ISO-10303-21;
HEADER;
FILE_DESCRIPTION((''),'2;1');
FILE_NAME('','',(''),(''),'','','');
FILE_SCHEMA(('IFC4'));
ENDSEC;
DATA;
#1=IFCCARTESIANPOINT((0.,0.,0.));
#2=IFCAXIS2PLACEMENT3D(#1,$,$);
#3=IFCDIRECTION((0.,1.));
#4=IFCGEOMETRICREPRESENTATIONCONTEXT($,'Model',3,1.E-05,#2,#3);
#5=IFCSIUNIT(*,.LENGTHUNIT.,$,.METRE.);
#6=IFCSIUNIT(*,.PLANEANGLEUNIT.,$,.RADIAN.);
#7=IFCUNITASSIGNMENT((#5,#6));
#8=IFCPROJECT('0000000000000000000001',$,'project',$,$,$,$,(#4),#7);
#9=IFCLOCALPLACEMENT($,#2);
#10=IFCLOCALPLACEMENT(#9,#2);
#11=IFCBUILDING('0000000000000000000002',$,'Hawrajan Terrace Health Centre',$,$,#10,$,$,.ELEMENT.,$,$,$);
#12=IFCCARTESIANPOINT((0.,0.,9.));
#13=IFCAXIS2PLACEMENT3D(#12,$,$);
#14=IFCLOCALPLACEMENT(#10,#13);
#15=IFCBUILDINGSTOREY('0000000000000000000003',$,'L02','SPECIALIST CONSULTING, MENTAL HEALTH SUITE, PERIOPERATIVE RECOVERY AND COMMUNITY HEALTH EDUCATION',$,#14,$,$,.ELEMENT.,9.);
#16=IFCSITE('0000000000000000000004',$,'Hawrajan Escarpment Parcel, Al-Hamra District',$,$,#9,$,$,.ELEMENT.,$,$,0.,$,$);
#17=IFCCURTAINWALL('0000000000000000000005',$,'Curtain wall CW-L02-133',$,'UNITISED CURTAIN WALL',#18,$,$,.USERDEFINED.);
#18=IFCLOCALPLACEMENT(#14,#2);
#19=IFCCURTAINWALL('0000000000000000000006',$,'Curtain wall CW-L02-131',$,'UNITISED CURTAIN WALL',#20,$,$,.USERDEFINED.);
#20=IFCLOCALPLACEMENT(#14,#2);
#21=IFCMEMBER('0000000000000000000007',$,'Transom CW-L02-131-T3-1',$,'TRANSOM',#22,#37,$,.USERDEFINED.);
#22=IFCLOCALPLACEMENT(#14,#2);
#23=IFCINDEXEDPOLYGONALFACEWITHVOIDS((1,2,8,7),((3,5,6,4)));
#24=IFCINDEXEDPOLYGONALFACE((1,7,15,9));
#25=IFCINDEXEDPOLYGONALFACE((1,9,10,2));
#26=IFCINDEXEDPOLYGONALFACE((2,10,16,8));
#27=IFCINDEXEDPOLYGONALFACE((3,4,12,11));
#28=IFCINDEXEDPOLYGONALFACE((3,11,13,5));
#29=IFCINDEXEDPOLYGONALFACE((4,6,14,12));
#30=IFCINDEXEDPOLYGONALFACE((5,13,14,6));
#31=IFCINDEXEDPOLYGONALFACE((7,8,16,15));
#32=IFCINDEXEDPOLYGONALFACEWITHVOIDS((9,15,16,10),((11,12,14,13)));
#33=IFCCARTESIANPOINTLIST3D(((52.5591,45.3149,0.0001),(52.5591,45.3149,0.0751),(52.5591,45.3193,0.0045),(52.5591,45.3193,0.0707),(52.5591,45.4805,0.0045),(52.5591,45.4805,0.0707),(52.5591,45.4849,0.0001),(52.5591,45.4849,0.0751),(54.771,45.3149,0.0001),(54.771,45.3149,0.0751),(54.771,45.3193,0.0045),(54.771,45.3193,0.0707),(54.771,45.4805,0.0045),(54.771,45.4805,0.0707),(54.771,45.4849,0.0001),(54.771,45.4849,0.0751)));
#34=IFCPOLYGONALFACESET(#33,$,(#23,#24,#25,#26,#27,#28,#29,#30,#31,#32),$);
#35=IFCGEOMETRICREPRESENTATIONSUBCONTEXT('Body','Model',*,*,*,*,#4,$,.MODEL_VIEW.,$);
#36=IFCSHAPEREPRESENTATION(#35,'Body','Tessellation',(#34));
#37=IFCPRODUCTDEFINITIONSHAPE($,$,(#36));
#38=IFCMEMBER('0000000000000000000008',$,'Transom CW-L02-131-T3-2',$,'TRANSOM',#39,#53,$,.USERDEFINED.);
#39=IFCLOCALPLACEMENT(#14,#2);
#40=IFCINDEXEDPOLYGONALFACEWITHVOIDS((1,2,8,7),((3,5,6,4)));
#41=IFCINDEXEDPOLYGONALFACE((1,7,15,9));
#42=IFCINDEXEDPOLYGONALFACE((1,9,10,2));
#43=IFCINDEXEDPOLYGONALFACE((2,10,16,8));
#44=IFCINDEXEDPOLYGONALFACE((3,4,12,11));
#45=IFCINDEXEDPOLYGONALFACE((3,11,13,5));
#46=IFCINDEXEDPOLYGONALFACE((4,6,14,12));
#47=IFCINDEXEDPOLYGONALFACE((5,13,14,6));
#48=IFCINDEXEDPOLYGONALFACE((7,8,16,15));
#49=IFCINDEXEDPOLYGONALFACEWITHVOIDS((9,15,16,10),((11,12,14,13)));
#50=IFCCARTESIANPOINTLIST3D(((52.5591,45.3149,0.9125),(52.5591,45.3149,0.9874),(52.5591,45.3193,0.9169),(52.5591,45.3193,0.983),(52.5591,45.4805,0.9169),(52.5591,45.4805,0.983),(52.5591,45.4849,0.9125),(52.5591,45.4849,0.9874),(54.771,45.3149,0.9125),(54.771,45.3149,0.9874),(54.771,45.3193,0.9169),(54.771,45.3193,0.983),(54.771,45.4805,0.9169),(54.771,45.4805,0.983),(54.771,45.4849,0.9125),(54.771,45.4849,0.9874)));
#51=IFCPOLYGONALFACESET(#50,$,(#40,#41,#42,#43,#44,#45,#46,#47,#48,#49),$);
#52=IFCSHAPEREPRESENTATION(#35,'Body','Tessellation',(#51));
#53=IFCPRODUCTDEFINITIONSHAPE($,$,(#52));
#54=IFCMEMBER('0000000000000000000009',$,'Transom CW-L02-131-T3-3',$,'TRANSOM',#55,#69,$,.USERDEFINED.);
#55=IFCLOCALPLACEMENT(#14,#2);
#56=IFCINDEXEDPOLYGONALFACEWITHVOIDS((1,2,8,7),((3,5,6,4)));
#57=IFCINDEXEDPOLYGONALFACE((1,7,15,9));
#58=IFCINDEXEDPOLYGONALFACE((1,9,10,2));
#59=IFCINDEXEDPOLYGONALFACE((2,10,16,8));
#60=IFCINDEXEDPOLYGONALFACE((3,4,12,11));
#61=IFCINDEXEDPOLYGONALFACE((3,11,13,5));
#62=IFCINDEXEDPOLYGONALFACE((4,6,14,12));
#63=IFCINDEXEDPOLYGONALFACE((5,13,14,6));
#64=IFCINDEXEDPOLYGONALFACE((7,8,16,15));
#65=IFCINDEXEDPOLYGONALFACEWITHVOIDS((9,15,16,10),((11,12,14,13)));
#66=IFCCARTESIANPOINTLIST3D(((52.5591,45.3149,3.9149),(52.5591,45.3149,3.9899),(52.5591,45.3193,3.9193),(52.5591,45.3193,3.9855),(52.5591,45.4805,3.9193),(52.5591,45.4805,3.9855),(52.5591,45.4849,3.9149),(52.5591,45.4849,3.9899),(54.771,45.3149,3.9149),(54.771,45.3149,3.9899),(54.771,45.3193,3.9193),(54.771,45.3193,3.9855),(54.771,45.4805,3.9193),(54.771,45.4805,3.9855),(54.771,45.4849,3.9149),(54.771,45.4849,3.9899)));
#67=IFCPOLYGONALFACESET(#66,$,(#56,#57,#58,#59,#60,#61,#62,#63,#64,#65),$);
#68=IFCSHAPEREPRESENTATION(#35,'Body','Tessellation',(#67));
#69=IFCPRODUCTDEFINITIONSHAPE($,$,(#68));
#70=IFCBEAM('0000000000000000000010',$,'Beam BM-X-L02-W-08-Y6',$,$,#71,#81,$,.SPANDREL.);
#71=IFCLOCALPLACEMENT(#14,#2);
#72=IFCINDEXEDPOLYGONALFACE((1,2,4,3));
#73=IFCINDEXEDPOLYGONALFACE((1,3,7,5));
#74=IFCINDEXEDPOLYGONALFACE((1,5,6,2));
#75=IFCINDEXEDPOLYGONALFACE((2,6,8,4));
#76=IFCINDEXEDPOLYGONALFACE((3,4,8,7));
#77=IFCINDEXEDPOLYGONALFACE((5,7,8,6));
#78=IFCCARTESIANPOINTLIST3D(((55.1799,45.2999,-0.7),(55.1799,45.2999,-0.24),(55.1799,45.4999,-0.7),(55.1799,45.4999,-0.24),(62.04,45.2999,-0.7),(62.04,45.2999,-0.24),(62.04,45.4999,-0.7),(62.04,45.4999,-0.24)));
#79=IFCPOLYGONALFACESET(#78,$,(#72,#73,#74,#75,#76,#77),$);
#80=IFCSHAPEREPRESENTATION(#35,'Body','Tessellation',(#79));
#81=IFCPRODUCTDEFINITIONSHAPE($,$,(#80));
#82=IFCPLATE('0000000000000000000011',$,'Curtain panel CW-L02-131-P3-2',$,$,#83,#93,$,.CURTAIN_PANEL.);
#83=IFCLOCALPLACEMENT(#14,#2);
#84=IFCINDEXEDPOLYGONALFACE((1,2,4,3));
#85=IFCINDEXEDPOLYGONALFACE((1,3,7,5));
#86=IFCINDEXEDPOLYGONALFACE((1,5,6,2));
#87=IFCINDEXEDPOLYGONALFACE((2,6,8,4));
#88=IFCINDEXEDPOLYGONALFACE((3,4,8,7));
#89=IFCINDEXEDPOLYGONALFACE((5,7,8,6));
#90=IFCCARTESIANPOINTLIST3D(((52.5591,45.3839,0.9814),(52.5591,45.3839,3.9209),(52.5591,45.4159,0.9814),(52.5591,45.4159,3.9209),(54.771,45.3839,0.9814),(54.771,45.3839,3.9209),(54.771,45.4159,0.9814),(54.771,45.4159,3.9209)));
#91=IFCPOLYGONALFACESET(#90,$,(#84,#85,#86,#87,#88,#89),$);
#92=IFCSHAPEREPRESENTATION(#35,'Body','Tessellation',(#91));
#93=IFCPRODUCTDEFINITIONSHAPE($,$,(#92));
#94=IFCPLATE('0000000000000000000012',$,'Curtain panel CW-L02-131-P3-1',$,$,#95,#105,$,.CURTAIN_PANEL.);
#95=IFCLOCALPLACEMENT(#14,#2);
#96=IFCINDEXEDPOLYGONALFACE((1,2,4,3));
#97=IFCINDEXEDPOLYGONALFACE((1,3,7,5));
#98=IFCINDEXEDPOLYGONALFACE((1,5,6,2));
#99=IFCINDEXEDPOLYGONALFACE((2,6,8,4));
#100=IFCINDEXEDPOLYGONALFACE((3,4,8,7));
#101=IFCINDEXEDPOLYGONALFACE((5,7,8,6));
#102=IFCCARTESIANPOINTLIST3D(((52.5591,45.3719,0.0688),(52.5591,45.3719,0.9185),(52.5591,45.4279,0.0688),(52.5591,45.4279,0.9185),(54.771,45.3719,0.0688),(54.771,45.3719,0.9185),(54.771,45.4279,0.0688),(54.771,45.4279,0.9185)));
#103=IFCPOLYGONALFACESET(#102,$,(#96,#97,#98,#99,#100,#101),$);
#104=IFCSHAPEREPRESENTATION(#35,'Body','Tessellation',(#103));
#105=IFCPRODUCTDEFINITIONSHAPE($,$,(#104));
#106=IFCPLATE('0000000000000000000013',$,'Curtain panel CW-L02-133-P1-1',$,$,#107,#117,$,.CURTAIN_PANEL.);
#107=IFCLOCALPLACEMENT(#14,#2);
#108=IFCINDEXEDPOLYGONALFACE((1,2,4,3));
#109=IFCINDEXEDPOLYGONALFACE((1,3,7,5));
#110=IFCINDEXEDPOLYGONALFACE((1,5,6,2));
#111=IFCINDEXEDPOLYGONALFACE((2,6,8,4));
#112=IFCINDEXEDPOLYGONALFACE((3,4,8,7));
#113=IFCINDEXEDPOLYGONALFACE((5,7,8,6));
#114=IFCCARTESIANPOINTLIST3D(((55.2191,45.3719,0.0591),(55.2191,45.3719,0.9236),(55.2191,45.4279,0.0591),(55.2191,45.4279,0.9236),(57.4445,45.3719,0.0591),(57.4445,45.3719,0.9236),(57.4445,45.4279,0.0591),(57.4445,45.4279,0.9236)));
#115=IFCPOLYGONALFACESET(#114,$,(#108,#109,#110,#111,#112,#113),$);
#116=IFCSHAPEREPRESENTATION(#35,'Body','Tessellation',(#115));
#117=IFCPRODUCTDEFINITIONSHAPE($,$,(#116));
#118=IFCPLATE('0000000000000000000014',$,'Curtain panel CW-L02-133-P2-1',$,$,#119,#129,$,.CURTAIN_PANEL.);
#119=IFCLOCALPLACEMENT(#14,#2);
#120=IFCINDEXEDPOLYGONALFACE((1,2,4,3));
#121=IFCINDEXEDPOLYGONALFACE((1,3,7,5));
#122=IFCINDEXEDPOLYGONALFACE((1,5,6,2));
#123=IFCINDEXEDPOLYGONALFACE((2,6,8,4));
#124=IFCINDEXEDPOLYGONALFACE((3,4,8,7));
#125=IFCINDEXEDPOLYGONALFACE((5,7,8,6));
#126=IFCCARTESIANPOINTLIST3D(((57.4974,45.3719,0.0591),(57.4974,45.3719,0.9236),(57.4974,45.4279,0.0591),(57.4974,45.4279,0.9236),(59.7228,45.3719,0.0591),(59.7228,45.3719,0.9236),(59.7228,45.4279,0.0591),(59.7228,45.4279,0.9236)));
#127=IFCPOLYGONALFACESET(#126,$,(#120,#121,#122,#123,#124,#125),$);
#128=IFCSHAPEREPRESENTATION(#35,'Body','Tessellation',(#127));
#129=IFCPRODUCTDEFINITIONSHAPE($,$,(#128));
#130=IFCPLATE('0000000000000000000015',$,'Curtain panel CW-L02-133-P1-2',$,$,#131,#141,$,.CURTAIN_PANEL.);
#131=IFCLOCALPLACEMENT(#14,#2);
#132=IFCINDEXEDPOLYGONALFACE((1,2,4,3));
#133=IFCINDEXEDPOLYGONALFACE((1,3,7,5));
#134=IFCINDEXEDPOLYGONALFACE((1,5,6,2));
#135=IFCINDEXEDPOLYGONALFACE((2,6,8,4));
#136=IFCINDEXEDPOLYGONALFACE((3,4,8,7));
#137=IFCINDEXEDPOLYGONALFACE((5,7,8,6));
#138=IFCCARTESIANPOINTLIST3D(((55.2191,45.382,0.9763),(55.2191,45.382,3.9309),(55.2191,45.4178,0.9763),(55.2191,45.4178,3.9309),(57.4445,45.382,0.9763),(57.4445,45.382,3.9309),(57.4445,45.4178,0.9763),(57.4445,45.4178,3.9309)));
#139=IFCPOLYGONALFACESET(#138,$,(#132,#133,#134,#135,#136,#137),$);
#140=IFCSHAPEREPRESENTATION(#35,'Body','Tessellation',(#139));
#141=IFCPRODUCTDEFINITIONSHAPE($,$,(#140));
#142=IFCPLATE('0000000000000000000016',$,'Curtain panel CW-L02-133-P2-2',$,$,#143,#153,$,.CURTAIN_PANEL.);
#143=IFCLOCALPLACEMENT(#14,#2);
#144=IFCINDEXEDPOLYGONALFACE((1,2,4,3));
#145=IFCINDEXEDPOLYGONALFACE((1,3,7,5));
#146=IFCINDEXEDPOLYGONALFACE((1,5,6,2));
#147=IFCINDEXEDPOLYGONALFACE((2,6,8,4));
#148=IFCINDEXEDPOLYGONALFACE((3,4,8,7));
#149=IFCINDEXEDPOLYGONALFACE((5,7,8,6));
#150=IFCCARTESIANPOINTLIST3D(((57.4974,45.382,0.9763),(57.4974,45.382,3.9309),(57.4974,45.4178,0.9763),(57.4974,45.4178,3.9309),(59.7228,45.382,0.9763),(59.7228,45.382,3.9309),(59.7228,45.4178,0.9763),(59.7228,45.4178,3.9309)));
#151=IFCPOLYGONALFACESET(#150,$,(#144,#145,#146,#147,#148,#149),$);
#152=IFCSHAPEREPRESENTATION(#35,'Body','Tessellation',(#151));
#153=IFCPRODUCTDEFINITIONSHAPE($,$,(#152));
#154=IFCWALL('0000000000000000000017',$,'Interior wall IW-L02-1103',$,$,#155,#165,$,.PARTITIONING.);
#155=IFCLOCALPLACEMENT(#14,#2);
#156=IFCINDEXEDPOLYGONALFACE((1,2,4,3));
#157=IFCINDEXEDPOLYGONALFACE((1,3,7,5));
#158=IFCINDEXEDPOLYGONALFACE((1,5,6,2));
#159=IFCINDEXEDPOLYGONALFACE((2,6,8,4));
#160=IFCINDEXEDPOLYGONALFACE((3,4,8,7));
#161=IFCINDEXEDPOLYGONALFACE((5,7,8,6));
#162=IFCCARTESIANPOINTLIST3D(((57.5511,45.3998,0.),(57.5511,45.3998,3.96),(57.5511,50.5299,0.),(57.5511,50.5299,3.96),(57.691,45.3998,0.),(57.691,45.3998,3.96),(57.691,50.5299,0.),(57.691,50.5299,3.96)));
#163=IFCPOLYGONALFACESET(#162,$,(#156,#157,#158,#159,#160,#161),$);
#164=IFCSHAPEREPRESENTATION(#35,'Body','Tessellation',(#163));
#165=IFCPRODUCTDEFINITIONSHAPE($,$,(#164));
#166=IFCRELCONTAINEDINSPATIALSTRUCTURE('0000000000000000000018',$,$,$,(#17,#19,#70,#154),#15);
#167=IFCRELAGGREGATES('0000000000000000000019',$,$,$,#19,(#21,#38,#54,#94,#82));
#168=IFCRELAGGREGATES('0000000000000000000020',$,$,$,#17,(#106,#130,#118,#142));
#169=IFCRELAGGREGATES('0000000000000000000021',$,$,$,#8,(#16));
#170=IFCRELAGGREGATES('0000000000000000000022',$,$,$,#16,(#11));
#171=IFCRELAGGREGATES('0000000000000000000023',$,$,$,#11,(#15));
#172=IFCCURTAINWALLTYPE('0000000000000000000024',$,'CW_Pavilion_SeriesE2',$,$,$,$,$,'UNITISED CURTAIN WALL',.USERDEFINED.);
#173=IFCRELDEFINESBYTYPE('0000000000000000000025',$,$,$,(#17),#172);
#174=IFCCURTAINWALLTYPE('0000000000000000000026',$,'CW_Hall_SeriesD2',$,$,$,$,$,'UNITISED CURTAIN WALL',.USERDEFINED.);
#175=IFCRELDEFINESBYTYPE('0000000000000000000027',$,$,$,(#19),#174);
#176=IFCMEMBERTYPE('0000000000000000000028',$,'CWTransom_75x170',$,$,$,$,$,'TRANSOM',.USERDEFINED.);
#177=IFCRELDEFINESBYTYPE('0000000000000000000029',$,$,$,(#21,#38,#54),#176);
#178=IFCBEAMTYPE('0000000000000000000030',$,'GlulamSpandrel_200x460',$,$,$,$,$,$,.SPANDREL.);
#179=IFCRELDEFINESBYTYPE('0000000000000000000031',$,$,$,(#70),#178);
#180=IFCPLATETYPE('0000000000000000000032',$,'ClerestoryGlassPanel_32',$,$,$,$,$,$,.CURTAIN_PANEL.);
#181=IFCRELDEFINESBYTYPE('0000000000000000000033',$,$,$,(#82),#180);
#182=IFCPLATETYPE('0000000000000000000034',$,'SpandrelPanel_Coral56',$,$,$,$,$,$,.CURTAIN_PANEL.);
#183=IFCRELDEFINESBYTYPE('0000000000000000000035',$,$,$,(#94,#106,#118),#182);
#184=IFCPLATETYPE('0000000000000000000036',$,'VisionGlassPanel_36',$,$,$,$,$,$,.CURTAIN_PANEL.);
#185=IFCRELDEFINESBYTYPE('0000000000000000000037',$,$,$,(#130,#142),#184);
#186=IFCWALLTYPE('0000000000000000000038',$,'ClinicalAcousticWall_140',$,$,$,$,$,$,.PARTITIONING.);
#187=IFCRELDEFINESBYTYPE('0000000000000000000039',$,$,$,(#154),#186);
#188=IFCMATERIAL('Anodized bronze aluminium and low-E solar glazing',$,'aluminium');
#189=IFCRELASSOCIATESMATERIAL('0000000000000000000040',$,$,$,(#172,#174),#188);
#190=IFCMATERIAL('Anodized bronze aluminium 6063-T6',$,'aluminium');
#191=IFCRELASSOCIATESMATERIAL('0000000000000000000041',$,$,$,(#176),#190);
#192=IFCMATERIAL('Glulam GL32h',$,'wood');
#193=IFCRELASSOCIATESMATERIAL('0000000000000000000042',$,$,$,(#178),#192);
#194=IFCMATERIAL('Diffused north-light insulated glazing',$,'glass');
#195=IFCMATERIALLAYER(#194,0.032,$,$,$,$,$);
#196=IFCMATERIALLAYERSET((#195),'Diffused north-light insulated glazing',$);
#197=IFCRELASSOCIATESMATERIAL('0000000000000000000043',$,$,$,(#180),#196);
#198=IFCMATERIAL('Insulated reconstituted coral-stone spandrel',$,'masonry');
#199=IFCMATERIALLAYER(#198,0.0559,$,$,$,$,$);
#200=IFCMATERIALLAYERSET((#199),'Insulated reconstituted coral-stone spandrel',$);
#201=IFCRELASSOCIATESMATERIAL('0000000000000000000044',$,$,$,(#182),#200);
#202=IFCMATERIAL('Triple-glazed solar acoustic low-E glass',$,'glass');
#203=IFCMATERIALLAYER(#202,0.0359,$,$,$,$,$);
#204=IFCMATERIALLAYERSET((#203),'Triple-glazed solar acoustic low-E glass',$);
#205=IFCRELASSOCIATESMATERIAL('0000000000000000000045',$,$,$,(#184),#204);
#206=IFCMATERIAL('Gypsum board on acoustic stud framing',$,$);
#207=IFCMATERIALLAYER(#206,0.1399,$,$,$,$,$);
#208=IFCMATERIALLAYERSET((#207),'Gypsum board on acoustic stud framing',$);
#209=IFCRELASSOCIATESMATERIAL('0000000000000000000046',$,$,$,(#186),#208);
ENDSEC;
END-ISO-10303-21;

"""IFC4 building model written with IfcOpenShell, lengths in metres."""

from ifc_helpers import new_model, si_unit, direction, frame, frame_2d, origin, origin_2d, place, context, subcontext, project, spatial, rectangle, hollow_rectangle, extrude, material, layer, layer_set, material_profile, profile_set, type_object, element, aggregate, save


model = new_model("IFC4")

# Units and contexts
model_context = context("Model", 3, precision=1e-05, world=origin(), true_north=direction((0.0, 1.0)))
body_context = subcontext(model_context, "Body", "Model", "MODEL_VIEW")
ifc_project = project(units=[si_unit("LENGTHUNIT", "METRE"), si_unit("PLANEANGLEUNIT", "RADIAN")], contexts=[model_context])

# Site, building, storey
site_placement = place(None, origin())
site = spatial("IfcSite", under=ifc_project, at=site_placement, Name="Hawrajan Escarpment Parcel, Al-Hamra District", CompositionType="ELEMENT", RefElevation=0.0)
building_placement = place(site_placement, origin())
building = spatial("IfcBuilding", under=site, at=building_placement, Name="Hawrajan Terrace Health Centre", CompositionType="ELEMENT")
storey_placement = place(building_placement, frame((0.0, 0.0, 9.0)))
storey = spatial("IfcBuildingStorey", under=building, at=storey_placement, Name="L02", Description="SPECIALIST CONSULTING, MENTAL HEALTH SUITE, PERIOPERATIVE RECOVERY AND COMMUNITY HEALTH EDUCATION", CompositionType="ELEMENT", Elevation=9.0)

# Shared definitions
ifc_material_1 = material(Name="Glulam GL32h", Category="wood")

# Curtain wall
ifc_material_2 = material(Name="Anodized bronze aluminium and low-E solar glazing", Category="aluminium")
curtain_wall_type_1 = type_object("IfcCurtainWallType", Name="CW_Pavilion_SeriesE2", ElementType="UNITISED CURTAIN WALL", PredefinedType="USERDEFINED", material=ifc_material_2)
curtain_wall_1_placement = place(storey_placement, origin())
curtain_wall_1 = element("IfcCurtainWall", 1, at=curtain_wall_1_placement, inside=storey, type_object=curtain_wall_type_1, Name="Curtain wall CW-L02-133", ObjectType="UNITISED CURTAIN WALL", PredefinedType="USERDEFINED")
ifc_material_3 = material(Name="Anodized bronze aluminium 6063-T6", Category="aluminium")

# Curtain wall
curtain_wall_type_2 = type_object("IfcCurtainWallType", Name="CW_Hall_SeriesD2", ElementType="UNITISED CURTAIN WALL", PredefinedType="USERDEFINED", material=ifc_material_2)
curtain_wall_2_placement = place(storey_placement, origin())
curtain_wall_2 = element("IfcCurtainWall", 2, at=curtain_wall_2_placement, inside=storey, type_object=curtain_wall_type_2, Name="Curtain wall CW-L02-131", ObjectType="UNITISED CURTAIN WALL", PredefinedType="USERDEFINED")

# Members
ifc_material_profile_1 = material_profile(ifc_material_3, hollow_rectangle(XDim=0.075, YDim=0.1699, WallThickness=0.0044, at=origin_2d()), Name="CW TRN 75x170")
ifc_profile_set_1 = profile_set([ifc_material_profile_1], Name="Anodized bronze aluminium 6063-T6")
member_type_1 = type_object("IfcMemberType", Name="CWTransom_75x170", ElementType="TRANSOM", PredefinedType="USERDEFINED", material=ifc_profile_set_1)
member_1_placement = place(storey_placement, frame((52.5591, 45.3999, 0.0376), z_axis=(1.0, 0.0, 0.0), x_axis=(0.0, 0.0, 1.0)))
member_1 = element("IfcMember", 3, at=member_1_placement, type_object=member_type_1, Name="Transom CW-L02-131-T3-1", ObjectType="TRANSOM", PredefinedType="USERDEFINED", context=body_context, shape_type="SweptSolid", body=[
    extrude(hollow_rectangle(XDim=0.075, YDim=0.1699, WallThickness=0.0044, at=origin_2d()), origin(), (0.0, 0.0, 1.0), 2.2119),
])
member_2_placement = place(storey_placement, frame((52.5591, 45.3999, 0.95), z_axis=(1.0, 0.0, 0.0), x_axis=(0.0, 0.0, 1.0)))
member_2 = element("IfcMember", 4, at=member_2_placement, type_object=member_type_1, Name="Transom CW-L02-131-T3-2", ObjectType="TRANSOM", PredefinedType="USERDEFINED", context=body_context, shape_type="SweptSolid", body=[
    extrude(hollow_rectangle(XDim=0.075, YDim=0.1699, WallThickness=0.0044, at=origin_2d()), origin(), (0.0, 0.0, 1.0), 2.2119),
])
member_3_placement = place(storey_placement, frame((52.5591, 45.3999, 3.9524), z_axis=(1.0, 0.0, 0.0), x_axis=(0.0, 0.0, 1.0)))
member_3 = element("IfcMember", 5, at=member_3_placement, type_object=member_type_1, Name="Transom CW-L02-131-T3-3", ObjectType="TRANSOM", PredefinedType="USERDEFINED", context=body_context, shape_type="SweptSolid", body=[
    extrude(hollow_rectangle(XDim=0.075, YDim=0.1699, WallThickness=0.0044, at=origin_2d()), origin(), (0.0, 0.0, 1.0), 2.2119),
])

# Beam
ifc_material_profile_2 = material_profile(ifc_material_1, rectangle(XDim=0.2, YDim=0.46, at=origin_2d()), Name="GL SP 200x460")
ifc_profile_set_2 = profile_set([ifc_material_profile_2], Name="Glulam GL32h")
beam_type = type_object("IfcBeamType", Name="GlulamSpandrel_200x460", PredefinedType="SPANDREL", material=ifc_profile_set_2)
beam_placement = place(storey_placement, frame((55.1799, 45.3999, -0.47), z_axis=(1.0, 0.0, 0.0), x_axis=(0.0, 1.0, 0.0)))
element("IfcBeam", 6, at=beam_placement, inside=storey, type_object=beam_type, Name="Beam BM-X-L02-W-08-Y6", PredefinedType="SPANDREL", context=body_context, shape_type="SweptSolid", body=[
    extrude(rectangle(XDim=0.2, YDim=0.46, at=origin_2d()), origin(), (0.0, 0.0, 1.0), 6.8601),
])

# Plates
ifc_material_4 = material(Name="Diffused north-light insulated glazing", Category="glass")
ifc_layer_1 = layer(ifc_material_4, 0.032)
ifc_layer_set_1 = layer_set([ifc_layer_1], Name="Diffused north-light insulated glazing")
plate_type_1 = type_object("IfcPlateType", Name="ClerestoryGlassPanel_32", PredefinedType="CURTAIN_PANEL", material=ifc_layer_set_1)
plate_1_placement = place(storey_placement, frame((53.665, 45.3999, 0.9814), z_axis=(0.0, 0.0, 1.0), x_axis=(1.0, 0.0, 0.0)))
plate_1 = element("IfcPlate", 7, at=plate_1_placement, type_object=plate_type_1, Name="Curtain panel CW-L02-131-P3-2", PredefinedType="CURTAIN_PANEL", context=body_context, shape_type="SweptSolid", body=[
    extrude(rectangle(XDim=2.2119, YDim=0.032, at=origin_2d()), origin(), (0.0, 0.0, 1.0), 2.9395),
])
ifc_material_5 = material(Name="Insulated reconstituted coral-stone spandrel", Category="masonry")
ifc_layer_2 = layer(ifc_material_5, 0.0559)
ifc_layer_set_2 = layer_set([ifc_layer_2], Name="Insulated reconstituted coral-stone spandrel")
plate_type_2 = type_object("IfcPlateType", Name="SpandrelPanel_Coral56", PredefinedType="CURTAIN_PANEL", material=ifc_layer_set_2)
plate_2_placement = place(storey_placement, frame((53.665, 45.3999, 0.0688), z_axis=(0.0, 0.0, 1.0), x_axis=(1.0, 0.0, 0.0)))
plate_2 = element("IfcPlate", 8, at=plate_2_placement, type_object=plate_type_2, Name="Curtain panel CW-L02-131-P3-1", PredefinedType="CURTAIN_PANEL", context=body_context, shape_type="SweptSolid", body=[
    extrude(rectangle(XDim=2.2119, YDim=0.0559, at=origin_2d()), origin(), (0.0, 0.0, 1.0), 0.8496),
])
aggregate(curtain_wall_2, [member_1, member_2, member_3, plate_2, plate_1])
plate_3_placement = place(storey_placement, frame((56.3318, 45.3999, 0.0591), z_axis=(0.0, 0.0, 1.0), x_axis=(1.0, 0.0, 0.0)))
plate_3 = element("IfcPlate", 9, at=plate_3_placement, type_object=plate_type_2, Name="Curtain panel CW-L02-133-P1-1", PredefinedType="CURTAIN_PANEL", context=body_context, shape_type="SweptSolid", body=[
    extrude(rectangle(XDim=2.2253, YDim=0.0559, at=origin_2d()), origin(), (0.0, 0.0, 1.0), 0.8645),
])
plate_4_placement = place(storey_placement, frame((58.6101, 45.3999, 0.0591), z_axis=(0.0, 0.0, 1.0), x_axis=(1.0, 0.0, 0.0)))
plate_4 = element("IfcPlate", 10, at=plate_4_placement, type_object=plate_type_2, Name="Curtain panel CW-L02-133-P2-1", PredefinedType="CURTAIN_PANEL", context=body_context, shape_type="SweptSolid", body=[
    extrude(rectangle(XDim=2.2253, YDim=0.0559, at=origin_2d()), origin(), (0.0, 0.0, 1.0), 0.8645),
])
ifc_material_6 = material(Name="Triple-glazed solar acoustic low-E glass", Category="glass")
ifc_layer_3 = layer(ifc_material_6, 0.0359)
ifc_layer_set_3 = layer_set([ifc_layer_3], Name="Triple-glazed solar acoustic low-E glass")
plate_type_3 = type_object("IfcPlateType", Name="VisionGlassPanel_36", PredefinedType="CURTAIN_PANEL", material=ifc_layer_set_3)
plate_5_placement = place(storey_placement, frame((56.3318, 45.3999, 0.9763), z_axis=(0.0, 0.0, 1.0), x_axis=(1.0, 0.0, 0.0)))
plate_5 = element("IfcPlate", 11, at=plate_5_placement, type_object=plate_type_3, Name="Curtain panel CW-L02-133-P1-2", PredefinedType="CURTAIN_PANEL", context=body_context, shape_type="SweptSolid", body=[
    extrude(rectangle(XDim=2.2253, YDim=0.0359, at=origin_2d()), origin(), (0.0, 0.0, 1.0), 2.9546),
])
plate_6_placement = place(storey_placement, frame((58.6101, 45.3999, 0.9763), z_axis=(0.0, 0.0, 1.0), x_axis=(1.0, 0.0, 0.0)))
plate_6 = element("IfcPlate", 12, at=plate_6_placement, type_object=plate_type_3, Name="Curtain panel CW-L02-133-P2-2", PredefinedType="CURTAIN_PANEL", context=body_context, shape_type="SweptSolid", body=[
    extrude(rectangle(XDim=2.2253, YDim=0.0359, at=origin_2d()), origin(), (0.0, 0.0, 1.0), 2.9546),
])
aggregate(curtain_wall_1, [plate_3, plate_5, plate_4, plate_6])

# Wall
ifc_material_7 = material(Name="Gypsum board on acoustic stud framing")
ifc_layer_4 = layer(ifc_material_7, 0.1399)
ifc_layer_set_4 = layer_set([ifc_layer_4], Name="Gypsum board on acoustic stud framing")
wall_type = type_object("IfcWallType", Name="ClinicalAcousticWall_140", PredefinedType="PARTITIONING", material=ifc_layer_set_4)
wall_placement = place(storey_placement, frame((57.6211, 45.3999, 0.0), z_axis=(0.0, 0.0, 1.0), x_axis=(0.0, 1.0, 0.0)))
element("IfcWall", 13, at=wall_placement, inside=storey, type_object=wall_type, Name="Interior wall IW-L02-1103", PredefinedType="PARTITIONING", context=body_context, shape_type="SweptSolid", body=[
    extrude(rectangle(XDim=5.1301, YDim=0.1399, at=frame_2d((2.5649, 0.0))), origin(), (0.0, 0.0, 1.0), 3.96),
])

save(model, "model.ifc")
